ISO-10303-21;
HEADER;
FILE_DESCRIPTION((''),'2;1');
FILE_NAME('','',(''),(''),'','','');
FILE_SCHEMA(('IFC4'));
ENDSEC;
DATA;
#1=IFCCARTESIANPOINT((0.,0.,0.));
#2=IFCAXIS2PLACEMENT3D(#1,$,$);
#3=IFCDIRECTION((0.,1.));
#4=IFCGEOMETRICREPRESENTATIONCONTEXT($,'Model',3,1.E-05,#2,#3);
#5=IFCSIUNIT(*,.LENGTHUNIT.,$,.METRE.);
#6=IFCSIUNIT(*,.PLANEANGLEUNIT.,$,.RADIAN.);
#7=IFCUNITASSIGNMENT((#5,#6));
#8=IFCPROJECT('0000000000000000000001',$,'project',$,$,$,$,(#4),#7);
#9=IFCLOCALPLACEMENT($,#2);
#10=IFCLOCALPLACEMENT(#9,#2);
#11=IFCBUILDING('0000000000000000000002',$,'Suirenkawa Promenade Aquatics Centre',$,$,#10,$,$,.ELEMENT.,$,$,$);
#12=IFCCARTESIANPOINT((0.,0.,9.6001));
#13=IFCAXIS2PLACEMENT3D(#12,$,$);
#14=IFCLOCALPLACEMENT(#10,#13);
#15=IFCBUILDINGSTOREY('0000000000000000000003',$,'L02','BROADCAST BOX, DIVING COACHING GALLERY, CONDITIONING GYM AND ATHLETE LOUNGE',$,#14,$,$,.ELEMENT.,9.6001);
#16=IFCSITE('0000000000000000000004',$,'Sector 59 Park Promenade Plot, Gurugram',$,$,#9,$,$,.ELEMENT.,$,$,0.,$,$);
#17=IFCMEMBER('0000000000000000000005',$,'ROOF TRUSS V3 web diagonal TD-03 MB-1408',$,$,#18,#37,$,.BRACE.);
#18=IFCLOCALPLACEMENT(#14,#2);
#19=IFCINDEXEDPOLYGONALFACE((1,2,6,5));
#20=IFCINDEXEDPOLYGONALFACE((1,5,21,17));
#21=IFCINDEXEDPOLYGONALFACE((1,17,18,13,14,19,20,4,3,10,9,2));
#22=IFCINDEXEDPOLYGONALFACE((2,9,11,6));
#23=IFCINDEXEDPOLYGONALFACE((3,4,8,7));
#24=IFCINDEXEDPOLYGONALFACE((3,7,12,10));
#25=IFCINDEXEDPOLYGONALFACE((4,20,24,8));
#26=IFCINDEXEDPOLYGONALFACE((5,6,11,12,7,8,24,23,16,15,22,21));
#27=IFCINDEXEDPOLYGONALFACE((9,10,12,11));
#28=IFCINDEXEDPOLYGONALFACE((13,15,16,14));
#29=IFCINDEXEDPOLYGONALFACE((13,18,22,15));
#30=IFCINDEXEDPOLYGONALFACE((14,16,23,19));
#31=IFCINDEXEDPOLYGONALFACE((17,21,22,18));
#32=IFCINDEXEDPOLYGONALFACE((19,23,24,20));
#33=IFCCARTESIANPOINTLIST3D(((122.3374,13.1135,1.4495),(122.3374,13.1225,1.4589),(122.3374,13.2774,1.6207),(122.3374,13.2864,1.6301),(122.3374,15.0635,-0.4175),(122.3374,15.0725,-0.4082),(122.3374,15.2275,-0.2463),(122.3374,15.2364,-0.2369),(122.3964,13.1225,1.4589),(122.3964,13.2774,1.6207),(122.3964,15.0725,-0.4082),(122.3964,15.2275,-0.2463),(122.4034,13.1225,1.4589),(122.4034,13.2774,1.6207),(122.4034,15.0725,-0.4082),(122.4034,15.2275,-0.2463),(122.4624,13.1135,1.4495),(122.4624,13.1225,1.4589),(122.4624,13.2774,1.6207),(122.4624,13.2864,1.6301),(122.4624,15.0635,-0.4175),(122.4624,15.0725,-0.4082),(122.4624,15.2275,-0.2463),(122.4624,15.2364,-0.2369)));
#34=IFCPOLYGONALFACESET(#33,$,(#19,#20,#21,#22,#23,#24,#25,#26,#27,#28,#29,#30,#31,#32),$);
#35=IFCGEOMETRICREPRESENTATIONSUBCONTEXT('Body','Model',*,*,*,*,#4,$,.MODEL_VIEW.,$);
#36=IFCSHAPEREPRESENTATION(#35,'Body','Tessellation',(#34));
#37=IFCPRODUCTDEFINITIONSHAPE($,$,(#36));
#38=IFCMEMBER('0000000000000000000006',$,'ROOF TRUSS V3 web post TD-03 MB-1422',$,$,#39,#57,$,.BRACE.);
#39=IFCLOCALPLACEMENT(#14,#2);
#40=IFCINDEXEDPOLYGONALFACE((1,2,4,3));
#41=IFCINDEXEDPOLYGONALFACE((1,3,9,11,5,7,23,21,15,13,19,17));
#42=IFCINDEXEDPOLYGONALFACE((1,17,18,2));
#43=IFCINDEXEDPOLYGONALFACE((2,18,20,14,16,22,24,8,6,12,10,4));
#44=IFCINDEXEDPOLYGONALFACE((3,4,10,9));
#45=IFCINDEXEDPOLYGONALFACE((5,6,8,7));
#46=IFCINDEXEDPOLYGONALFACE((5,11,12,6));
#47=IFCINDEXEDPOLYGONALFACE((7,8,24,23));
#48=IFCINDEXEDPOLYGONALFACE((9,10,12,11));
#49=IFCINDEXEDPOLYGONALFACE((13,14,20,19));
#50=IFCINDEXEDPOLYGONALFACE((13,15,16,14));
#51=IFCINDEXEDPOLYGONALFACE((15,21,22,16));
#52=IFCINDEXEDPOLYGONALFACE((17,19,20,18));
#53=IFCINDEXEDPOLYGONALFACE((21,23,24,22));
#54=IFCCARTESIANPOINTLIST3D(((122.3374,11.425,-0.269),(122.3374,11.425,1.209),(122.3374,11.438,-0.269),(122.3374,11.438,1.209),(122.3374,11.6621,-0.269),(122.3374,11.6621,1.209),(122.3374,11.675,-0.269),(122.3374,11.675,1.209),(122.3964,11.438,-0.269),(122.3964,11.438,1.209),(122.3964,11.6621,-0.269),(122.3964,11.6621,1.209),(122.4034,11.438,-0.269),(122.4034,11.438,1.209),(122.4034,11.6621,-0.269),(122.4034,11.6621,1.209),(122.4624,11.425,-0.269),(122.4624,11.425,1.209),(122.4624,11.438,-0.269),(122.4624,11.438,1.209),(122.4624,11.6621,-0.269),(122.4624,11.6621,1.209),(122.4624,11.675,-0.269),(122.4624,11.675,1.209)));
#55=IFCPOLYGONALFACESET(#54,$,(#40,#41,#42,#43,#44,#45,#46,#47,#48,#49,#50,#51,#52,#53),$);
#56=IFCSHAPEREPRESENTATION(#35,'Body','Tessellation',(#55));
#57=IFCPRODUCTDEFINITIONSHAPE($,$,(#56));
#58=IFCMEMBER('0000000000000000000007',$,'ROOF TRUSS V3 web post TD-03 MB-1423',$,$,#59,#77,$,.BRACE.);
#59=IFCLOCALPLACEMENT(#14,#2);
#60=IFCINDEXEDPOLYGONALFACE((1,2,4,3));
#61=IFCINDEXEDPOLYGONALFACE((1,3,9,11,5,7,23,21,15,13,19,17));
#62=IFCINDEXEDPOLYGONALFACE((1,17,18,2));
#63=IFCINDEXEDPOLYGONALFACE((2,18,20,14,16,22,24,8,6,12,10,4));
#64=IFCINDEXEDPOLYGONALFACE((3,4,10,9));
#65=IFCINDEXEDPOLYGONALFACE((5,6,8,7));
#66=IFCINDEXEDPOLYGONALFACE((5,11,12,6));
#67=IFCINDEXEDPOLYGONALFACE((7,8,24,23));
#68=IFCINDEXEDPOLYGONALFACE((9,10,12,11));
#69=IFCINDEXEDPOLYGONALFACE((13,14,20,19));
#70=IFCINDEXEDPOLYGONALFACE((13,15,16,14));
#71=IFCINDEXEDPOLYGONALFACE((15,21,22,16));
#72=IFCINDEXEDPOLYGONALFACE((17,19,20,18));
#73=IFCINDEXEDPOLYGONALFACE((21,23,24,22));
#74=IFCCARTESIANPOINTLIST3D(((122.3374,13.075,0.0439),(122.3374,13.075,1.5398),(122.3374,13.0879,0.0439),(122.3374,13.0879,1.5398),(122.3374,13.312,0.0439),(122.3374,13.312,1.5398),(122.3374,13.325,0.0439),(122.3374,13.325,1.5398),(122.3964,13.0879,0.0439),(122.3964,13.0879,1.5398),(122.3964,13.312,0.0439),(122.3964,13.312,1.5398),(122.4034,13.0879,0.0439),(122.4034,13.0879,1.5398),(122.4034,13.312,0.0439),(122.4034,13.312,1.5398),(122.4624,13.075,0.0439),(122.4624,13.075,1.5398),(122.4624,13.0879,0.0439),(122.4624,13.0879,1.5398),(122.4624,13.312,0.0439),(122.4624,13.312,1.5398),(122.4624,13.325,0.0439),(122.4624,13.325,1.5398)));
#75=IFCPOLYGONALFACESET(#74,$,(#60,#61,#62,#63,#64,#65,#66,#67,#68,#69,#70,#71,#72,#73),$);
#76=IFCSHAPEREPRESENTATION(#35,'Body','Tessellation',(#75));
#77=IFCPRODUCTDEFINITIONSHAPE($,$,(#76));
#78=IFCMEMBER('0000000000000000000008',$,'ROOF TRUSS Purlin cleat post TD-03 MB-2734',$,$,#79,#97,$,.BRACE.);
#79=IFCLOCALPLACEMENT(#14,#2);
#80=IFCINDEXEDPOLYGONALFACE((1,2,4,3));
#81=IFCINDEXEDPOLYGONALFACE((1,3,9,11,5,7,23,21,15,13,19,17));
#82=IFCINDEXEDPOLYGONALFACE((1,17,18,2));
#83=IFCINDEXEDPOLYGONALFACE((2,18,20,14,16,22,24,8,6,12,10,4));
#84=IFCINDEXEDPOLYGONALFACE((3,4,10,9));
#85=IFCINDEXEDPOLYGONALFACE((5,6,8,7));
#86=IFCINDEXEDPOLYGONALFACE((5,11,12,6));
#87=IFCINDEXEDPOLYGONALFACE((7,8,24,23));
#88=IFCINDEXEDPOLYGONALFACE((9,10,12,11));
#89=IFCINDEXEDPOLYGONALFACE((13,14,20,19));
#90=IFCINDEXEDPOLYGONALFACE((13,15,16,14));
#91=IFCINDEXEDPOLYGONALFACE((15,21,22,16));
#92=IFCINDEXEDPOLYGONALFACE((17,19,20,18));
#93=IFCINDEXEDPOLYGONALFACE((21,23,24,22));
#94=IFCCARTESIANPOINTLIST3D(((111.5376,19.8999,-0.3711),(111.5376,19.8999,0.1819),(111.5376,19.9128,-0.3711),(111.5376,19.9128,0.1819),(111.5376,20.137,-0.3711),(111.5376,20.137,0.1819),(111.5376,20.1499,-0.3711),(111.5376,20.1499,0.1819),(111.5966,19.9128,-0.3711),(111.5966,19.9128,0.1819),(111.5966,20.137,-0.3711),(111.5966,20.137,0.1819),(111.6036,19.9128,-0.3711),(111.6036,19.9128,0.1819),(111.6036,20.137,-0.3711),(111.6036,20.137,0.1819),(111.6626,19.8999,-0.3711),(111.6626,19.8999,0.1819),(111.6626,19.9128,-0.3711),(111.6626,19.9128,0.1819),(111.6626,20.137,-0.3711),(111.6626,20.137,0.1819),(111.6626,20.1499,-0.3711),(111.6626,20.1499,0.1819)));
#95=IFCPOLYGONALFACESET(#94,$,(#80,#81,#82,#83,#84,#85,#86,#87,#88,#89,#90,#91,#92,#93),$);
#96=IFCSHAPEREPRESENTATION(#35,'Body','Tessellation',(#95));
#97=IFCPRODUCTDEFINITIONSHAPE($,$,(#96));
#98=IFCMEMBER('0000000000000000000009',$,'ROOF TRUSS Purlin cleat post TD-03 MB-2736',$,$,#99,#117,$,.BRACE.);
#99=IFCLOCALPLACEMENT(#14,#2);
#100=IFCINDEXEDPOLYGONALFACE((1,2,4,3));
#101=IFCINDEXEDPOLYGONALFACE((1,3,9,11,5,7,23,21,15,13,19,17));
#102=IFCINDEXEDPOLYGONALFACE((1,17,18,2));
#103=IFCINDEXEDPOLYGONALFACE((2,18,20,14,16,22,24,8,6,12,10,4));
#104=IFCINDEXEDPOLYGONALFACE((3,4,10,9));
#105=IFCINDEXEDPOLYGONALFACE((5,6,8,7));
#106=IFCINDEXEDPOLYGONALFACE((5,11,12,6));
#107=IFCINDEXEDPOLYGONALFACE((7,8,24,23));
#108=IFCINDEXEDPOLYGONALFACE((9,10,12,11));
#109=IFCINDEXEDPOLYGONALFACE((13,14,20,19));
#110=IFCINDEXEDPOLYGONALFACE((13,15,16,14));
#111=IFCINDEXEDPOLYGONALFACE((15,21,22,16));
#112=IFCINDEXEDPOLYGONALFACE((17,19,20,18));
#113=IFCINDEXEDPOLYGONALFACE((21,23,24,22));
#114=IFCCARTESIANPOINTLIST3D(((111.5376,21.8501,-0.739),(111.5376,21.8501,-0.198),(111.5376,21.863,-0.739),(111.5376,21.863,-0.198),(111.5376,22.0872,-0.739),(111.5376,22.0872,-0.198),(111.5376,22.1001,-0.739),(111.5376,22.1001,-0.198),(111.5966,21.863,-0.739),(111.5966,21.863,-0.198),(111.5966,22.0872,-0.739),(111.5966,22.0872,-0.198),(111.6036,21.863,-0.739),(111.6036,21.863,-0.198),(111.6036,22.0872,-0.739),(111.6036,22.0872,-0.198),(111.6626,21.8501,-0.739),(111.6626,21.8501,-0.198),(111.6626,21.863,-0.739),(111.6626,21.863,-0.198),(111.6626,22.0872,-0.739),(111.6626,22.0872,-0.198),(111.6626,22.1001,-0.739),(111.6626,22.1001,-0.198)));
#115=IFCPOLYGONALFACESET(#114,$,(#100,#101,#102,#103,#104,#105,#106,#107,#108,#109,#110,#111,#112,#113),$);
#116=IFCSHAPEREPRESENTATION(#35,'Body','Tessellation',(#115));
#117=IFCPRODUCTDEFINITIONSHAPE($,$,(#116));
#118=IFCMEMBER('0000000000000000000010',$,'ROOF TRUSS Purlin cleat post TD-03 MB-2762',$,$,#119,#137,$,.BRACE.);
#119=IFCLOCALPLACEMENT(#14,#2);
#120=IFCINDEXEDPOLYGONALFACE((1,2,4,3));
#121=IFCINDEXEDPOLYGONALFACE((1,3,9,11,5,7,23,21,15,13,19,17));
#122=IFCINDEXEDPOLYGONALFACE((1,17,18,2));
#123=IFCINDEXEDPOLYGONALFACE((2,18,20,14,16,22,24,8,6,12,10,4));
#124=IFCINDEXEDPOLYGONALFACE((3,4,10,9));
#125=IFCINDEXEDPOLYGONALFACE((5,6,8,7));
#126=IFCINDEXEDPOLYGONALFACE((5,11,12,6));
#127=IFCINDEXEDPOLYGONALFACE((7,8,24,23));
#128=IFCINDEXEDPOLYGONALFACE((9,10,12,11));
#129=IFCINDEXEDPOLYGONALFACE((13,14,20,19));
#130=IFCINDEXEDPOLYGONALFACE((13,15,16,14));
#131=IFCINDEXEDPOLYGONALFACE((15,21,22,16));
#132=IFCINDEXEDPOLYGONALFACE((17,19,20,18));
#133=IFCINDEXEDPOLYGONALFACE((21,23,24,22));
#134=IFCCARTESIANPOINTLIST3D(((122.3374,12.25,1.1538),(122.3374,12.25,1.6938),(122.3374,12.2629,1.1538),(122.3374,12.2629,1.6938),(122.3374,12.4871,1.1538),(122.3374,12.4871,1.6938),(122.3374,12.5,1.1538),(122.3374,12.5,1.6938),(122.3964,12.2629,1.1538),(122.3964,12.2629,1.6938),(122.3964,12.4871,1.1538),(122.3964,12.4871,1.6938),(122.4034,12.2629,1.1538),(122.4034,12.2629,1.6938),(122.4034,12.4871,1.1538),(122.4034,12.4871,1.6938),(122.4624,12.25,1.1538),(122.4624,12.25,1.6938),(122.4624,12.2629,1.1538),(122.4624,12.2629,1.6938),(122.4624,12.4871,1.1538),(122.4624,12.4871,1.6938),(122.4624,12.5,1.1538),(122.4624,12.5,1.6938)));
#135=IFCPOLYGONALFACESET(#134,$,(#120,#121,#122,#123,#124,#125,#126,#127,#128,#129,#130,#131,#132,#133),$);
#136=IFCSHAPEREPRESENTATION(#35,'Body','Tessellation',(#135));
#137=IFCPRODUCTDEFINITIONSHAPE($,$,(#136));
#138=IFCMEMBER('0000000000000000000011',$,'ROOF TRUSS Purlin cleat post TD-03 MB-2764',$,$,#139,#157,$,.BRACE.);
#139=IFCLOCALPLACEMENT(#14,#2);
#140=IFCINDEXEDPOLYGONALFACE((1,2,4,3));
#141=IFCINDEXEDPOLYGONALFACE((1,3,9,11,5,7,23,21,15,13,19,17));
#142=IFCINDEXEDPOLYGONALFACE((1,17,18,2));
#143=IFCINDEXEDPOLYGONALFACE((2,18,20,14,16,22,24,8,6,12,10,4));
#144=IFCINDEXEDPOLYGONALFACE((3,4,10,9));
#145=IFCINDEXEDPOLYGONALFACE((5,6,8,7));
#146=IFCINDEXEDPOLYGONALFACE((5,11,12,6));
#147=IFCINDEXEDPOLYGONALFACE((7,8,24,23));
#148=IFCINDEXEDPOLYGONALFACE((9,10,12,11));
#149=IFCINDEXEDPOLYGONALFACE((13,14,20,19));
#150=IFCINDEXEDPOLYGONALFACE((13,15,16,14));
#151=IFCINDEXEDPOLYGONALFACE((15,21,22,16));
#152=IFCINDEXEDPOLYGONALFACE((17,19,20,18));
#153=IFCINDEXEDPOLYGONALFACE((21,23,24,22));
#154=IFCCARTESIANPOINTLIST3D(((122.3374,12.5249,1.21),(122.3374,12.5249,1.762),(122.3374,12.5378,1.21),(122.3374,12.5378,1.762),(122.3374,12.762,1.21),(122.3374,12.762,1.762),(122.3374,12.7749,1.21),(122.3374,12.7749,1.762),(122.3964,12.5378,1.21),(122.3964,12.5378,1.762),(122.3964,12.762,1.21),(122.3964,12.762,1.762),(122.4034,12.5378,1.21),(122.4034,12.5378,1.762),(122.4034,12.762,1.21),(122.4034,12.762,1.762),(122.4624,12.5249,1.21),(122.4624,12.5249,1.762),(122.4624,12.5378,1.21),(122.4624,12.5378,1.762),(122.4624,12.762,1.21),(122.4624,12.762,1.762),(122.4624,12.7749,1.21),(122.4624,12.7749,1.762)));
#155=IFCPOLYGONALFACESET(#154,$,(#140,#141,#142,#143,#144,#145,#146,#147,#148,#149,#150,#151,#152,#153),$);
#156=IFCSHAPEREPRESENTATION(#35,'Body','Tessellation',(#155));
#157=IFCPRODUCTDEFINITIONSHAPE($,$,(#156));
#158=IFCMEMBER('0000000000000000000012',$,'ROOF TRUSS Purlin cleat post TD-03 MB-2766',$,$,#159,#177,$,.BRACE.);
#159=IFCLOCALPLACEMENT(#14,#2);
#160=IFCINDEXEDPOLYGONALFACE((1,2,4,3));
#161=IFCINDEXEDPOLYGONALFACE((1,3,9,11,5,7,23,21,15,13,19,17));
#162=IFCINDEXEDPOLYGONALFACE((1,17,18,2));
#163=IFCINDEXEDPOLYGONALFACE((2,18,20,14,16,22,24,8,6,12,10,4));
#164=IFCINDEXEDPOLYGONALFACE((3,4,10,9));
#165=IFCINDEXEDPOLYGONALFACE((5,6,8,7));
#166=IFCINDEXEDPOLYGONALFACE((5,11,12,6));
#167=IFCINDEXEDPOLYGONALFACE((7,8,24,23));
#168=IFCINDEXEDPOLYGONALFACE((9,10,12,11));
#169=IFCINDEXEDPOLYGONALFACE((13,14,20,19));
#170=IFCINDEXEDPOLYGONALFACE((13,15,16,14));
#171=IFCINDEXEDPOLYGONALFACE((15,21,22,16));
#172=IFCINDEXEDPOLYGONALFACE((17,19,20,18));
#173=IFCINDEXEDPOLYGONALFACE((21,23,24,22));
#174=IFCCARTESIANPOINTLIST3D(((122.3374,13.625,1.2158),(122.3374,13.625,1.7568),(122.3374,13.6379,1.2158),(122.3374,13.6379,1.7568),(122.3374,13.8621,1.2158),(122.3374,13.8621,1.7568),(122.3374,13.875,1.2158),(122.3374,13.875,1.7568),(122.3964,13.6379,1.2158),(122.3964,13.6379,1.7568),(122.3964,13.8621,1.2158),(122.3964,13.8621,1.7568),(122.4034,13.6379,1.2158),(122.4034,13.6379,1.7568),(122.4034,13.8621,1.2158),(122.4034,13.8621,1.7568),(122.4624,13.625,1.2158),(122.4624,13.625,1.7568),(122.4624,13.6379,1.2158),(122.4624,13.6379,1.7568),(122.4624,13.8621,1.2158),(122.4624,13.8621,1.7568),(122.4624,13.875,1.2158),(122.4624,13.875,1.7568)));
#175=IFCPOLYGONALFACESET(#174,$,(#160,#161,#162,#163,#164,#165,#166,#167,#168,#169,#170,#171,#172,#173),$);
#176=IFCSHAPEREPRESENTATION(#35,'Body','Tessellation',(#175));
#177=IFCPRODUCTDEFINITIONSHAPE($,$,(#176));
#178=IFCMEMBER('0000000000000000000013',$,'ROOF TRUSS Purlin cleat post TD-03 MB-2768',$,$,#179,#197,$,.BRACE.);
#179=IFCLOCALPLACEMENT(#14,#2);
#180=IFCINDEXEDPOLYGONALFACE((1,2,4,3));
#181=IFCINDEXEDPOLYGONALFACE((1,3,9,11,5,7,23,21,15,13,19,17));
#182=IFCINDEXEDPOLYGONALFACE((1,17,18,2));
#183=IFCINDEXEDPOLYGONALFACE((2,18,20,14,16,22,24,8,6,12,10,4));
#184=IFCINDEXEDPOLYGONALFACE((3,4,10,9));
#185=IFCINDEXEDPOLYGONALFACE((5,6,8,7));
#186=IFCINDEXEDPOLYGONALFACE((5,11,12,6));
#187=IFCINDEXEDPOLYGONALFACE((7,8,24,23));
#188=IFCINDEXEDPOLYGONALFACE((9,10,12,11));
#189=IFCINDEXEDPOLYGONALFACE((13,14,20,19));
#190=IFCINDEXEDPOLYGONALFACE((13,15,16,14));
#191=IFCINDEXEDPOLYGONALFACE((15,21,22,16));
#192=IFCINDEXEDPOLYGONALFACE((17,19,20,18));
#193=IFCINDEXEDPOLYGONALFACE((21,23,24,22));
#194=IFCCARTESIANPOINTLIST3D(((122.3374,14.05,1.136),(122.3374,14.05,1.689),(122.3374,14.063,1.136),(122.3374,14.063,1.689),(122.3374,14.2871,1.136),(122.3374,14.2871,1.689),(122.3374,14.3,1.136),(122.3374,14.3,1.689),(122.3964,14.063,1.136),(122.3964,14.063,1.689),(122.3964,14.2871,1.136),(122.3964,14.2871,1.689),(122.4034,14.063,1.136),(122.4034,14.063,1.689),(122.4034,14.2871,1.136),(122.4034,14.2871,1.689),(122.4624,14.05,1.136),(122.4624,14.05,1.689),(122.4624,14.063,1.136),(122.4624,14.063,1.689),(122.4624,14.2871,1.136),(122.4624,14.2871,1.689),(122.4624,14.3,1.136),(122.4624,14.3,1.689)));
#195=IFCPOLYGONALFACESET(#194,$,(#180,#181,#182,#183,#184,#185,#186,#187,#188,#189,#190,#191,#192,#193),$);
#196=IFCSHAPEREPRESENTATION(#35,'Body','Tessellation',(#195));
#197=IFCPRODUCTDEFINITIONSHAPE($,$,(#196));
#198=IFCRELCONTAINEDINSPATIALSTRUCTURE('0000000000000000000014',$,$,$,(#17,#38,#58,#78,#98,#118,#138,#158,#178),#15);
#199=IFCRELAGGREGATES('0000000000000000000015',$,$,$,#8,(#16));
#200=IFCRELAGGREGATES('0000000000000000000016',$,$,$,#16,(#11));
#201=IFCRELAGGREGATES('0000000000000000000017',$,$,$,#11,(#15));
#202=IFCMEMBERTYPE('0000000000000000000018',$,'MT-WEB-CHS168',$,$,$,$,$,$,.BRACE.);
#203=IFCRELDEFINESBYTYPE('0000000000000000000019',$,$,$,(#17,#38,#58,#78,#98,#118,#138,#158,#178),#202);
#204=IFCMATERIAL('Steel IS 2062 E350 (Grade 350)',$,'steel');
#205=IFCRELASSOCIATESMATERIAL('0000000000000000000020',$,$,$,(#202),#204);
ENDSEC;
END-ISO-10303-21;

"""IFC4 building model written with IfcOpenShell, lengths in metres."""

from ifc_helpers import new_model, si_unit, direction, frame, origin, origin_2d, place, context, subcontext, project, spatial, i_section, extrude, material, material_profile, profile_set, type_object, element, save


model = new_model("IFC4")

# Units and contexts
model_context = context("Model", 3, precision=1e-05, world=origin(), true_north=direction((0.0, 1.0)))
body_context = subcontext(model_context, "Body", "Model", "MODEL_VIEW")
ifc_project = project(units=[si_unit("LENGTHUNIT", "METRE"), si_unit("PLANEANGLEUNIT", "RADIAN")], contexts=[model_context])

# Site, building, storey
site_placement = place(None, origin())
site = spatial("IfcSite", under=ifc_project, at=site_placement, Name="Sector 59 Park Promenade Plot, Gurugram", CompositionType="ELEMENT", RefElevation=0.0)
building_placement = place(site_placement, origin())
building = spatial("IfcBuilding", under=site, at=building_placement, Name="Suirenkawa Promenade Aquatics Centre", CompositionType="ELEMENT")
storey_placement = place(building_placement, frame((0.0, 0.0, 9.6001)))
storey = spatial("IfcBuildingStorey", under=building, at=storey_placement, Name="L02", Description="BROADCAST BOX, DIVING COACHING GALLERY, CONDITIONING GYM AND ATHLETE LOUNGE", CompositionType="ELEMENT", Elevation=9.6001)

# Shared definitions
ifc_material_1 = material(Name="Steel IS 2062 E350 (Grade 350)", Category="steel")

# Members
ifc_material_profile_1 = material_profile(ifc_material_1, i_section(OverallWidth=0.125, OverallDepth=0.25, WebThickness=0.0071, FlangeThickness=0.0129, at=origin_2d()), Name="ISMB 250", Category="steel")
ifc_profile_set_1 = profile_set([ifc_material_profile_1], Name="Steel IS 2062 E350 (Grade 350)")
member_type_1 = type_object("IfcMemberType", Name="MT-WEB-CHS168", PredefinedType="BRACE", material=ifc_profile_set_1)
member_1_placement = place(storey_placement, frame((122.3999, 13.2, 1.5398), z_axis=(0.0, 0.722314, -0.691565), x_axis=(-1.0, 0.0, 0.0)))
element("IfcMember", 1, at=member_1_placement, inside=storey, type_object=member_type_1, Name="ROOF TRUSS V3 web diagonal TD-03 MB-1408", PredefinedType="BRACE", context=body_context, shape_type="SweptSolid", body=[
    extrude(i_section(OverallWidth=0.125, OverallDepth=0.25, WebThickness=0.0071, FlangeThickness=0.0129, at=origin_2d()), origin(), (0.0, 0.0, 1.0), 2.6997),
])
member_2_placement = place(storey_placement, frame((122.3999, 11.55, -0.269), z_axis=(0.0, 0.0, 1.0), x_axis=(1.0, 0.0, 0.0)))
element("IfcMember", 2, at=member_2_placement, inside=storey, type_object=member_type_1, Name="ROOF TRUSS V3 web post TD-03 MB-1422", PredefinedType="BRACE", context=body_context, shape_type="SweptSolid", body=[
    extrude(i_section(OverallWidth=0.125, OverallDepth=0.25, WebThickness=0.0071, FlangeThickness=0.0129, at=origin_2d()), origin(), (0.0, 0.0, 1.0), 1.478),
])
member_3_placement = place(storey_placement, frame((122.3999, 13.2, 0.0439), z_axis=(0.0, 0.0, 1.0), x_axis=(1.0, 0.0, 0.0)))
element("IfcMember", 3, at=member_3_placement, inside=storey, type_object=member_type_1, Name="ROOF TRUSS V3 web post TD-03 MB-1423", PredefinedType="BRACE", context=body_context, shape_type="SweptSolid", body=[
    extrude(i_section(OverallWidth=0.125, OverallDepth=0.25, WebThickness=0.0071, FlangeThickness=0.0129, at=origin_2d()), origin(), (0.0, 0.0, 1.0), 1.4958),
])
member_4_placement = place(storey_placement, frame((111.6001, 20.0249, -0.3711), z_axis=(0.0, 0.0, 1.0), x_axis=(1.0, 0.0, 0.0)))
element("IfcMember", 4, at=member_4_placement, inside=storey, type_object=member_type_1, Name="ROOF TRUSS Purlin cleat post TD-03 MB-2734", PredefinedType="BRACE", context=body_context, shape_type="SweptSolid", body=[
    extrude(i_section(OverallWidth=0.125, OverallDepth=0.25, WebThickness=0.0071, FlangeThickness=0.0129, at=origin_2d()), origin(), (0.0, 0.0, 1.0), 0.553),
])
member_5_placement = place(storey_placement, frame((111.6001, 21.9751, -0.739), z_axis=(0.0, 0.0, 1.0), x_axis=(1.0, 0.0, 0.0)))
element("IfcMember", 5, at=member_5_placement, inside=storey, type_object=member_type_1, Name="ROOF TRUSS Purlin cleat post TD-03 MB-2736", PredefinedType="BRACE", context=body_context, shape_type="SweptSolid", body=[
    extrude(i_section(OverallWidth=0.125, OverallDepth=0.25, WebThickness=0.0071, FlangeThickness=0.0129, at=origin_2d()), origin(), (0.0, 0.0, 1.0), 0.541),
])
member_6_placement = place(storey_placement, frame((122.3999, 12.375, 1.1538), z_axis=(0.0, 0.0, 1.0), x_axis=(1.0, 0.0, 0.0)))
element("IfcMember", 6, at=member_6_placement, inside=storey, type_object=member_type_1, Name="ROOF TRUSS Purlin cleat post TD-03 MB-2762", PredefinedType="BRACE", context=body_context, shape_type="SweptSolid", body=[
    extrude(i_section(OverallWidth=0.125, OverallDepth=0.25, WebThickness=0.0071, FlangeThickness=0.0129, at=origin_2d()), origin(), (0.0, 0.0, 1.0), 0.54),
])
member_7_placement = place(storey_placement, frame((122.3999, 12.6499, 1.21), z_axis=(0.0, 0.0, 1.0), x_axis=(1.0, 0.0, 0.0)))
element("IfcMember", 7, at=member_7_placement, inside=storey, type_object=member_type_1, Name="ROOF TRUSS Purlin cleat post TD-03 MB-2764", PredefinedType="BRACE", context=body_context, shape_type="SweptSolid", body=[
    extrude(i_section(OverallWidth=0.125, OverallDepth=0.25, WebThickness=0.0071, FlangeThickness=0.0129, at=origin_2d()), origin(), (0.0, 0.0, 1.0), 0.552),
])
member_8_placement = place(storey_placement, frame((122.3999, 13.75, 1.2158), z_axis=(0.0, 0.0, 1.0), x_axis=(1.0, 0.0, 0.0)))
element("IfcMember", 8, at=member_8_placement, inside=storey, type_object=member_type_1, Name="ROOF TRUSS Purlin cleat post TD-03 MB-2766", PredefinedType="BRACE", context=body_context, shape_type="SweptSolid", body=[
    extrude(i_section(OverallWidth=0.125, OverallDepth=0.25, WebThickness=0.0071, FlangeThickness=0.0129, at=origin_2d()), origin(), (0.0, 0.0, 1.0), 0.541),
])
member_9_placement = place(storey_placement, frame((122.3999, 14.175, 1.136), z_axis=(0.0, 0.0, 1.0), x_axis=(1.0, 0.0, 0.0)))
element("IfcMember", 9, at=member_9_placement, inside=storey, type_object=member_type_1, Name="ROOF TRUSS Purlin cleat post TD-03 MB-2768", PredefinedType="BRACE", context=body_context, shape_type="SweptSolid", body=[
    extrude(i_section(OverallWidth=0.125, OverallDepth=0.25, WebThickness=0.0071, FlangeThickness=0.0129, at=origin_2d()), origin(), (0.0, 0.0, 1.0), 0.553),
])

save(model, "model.ifc")
